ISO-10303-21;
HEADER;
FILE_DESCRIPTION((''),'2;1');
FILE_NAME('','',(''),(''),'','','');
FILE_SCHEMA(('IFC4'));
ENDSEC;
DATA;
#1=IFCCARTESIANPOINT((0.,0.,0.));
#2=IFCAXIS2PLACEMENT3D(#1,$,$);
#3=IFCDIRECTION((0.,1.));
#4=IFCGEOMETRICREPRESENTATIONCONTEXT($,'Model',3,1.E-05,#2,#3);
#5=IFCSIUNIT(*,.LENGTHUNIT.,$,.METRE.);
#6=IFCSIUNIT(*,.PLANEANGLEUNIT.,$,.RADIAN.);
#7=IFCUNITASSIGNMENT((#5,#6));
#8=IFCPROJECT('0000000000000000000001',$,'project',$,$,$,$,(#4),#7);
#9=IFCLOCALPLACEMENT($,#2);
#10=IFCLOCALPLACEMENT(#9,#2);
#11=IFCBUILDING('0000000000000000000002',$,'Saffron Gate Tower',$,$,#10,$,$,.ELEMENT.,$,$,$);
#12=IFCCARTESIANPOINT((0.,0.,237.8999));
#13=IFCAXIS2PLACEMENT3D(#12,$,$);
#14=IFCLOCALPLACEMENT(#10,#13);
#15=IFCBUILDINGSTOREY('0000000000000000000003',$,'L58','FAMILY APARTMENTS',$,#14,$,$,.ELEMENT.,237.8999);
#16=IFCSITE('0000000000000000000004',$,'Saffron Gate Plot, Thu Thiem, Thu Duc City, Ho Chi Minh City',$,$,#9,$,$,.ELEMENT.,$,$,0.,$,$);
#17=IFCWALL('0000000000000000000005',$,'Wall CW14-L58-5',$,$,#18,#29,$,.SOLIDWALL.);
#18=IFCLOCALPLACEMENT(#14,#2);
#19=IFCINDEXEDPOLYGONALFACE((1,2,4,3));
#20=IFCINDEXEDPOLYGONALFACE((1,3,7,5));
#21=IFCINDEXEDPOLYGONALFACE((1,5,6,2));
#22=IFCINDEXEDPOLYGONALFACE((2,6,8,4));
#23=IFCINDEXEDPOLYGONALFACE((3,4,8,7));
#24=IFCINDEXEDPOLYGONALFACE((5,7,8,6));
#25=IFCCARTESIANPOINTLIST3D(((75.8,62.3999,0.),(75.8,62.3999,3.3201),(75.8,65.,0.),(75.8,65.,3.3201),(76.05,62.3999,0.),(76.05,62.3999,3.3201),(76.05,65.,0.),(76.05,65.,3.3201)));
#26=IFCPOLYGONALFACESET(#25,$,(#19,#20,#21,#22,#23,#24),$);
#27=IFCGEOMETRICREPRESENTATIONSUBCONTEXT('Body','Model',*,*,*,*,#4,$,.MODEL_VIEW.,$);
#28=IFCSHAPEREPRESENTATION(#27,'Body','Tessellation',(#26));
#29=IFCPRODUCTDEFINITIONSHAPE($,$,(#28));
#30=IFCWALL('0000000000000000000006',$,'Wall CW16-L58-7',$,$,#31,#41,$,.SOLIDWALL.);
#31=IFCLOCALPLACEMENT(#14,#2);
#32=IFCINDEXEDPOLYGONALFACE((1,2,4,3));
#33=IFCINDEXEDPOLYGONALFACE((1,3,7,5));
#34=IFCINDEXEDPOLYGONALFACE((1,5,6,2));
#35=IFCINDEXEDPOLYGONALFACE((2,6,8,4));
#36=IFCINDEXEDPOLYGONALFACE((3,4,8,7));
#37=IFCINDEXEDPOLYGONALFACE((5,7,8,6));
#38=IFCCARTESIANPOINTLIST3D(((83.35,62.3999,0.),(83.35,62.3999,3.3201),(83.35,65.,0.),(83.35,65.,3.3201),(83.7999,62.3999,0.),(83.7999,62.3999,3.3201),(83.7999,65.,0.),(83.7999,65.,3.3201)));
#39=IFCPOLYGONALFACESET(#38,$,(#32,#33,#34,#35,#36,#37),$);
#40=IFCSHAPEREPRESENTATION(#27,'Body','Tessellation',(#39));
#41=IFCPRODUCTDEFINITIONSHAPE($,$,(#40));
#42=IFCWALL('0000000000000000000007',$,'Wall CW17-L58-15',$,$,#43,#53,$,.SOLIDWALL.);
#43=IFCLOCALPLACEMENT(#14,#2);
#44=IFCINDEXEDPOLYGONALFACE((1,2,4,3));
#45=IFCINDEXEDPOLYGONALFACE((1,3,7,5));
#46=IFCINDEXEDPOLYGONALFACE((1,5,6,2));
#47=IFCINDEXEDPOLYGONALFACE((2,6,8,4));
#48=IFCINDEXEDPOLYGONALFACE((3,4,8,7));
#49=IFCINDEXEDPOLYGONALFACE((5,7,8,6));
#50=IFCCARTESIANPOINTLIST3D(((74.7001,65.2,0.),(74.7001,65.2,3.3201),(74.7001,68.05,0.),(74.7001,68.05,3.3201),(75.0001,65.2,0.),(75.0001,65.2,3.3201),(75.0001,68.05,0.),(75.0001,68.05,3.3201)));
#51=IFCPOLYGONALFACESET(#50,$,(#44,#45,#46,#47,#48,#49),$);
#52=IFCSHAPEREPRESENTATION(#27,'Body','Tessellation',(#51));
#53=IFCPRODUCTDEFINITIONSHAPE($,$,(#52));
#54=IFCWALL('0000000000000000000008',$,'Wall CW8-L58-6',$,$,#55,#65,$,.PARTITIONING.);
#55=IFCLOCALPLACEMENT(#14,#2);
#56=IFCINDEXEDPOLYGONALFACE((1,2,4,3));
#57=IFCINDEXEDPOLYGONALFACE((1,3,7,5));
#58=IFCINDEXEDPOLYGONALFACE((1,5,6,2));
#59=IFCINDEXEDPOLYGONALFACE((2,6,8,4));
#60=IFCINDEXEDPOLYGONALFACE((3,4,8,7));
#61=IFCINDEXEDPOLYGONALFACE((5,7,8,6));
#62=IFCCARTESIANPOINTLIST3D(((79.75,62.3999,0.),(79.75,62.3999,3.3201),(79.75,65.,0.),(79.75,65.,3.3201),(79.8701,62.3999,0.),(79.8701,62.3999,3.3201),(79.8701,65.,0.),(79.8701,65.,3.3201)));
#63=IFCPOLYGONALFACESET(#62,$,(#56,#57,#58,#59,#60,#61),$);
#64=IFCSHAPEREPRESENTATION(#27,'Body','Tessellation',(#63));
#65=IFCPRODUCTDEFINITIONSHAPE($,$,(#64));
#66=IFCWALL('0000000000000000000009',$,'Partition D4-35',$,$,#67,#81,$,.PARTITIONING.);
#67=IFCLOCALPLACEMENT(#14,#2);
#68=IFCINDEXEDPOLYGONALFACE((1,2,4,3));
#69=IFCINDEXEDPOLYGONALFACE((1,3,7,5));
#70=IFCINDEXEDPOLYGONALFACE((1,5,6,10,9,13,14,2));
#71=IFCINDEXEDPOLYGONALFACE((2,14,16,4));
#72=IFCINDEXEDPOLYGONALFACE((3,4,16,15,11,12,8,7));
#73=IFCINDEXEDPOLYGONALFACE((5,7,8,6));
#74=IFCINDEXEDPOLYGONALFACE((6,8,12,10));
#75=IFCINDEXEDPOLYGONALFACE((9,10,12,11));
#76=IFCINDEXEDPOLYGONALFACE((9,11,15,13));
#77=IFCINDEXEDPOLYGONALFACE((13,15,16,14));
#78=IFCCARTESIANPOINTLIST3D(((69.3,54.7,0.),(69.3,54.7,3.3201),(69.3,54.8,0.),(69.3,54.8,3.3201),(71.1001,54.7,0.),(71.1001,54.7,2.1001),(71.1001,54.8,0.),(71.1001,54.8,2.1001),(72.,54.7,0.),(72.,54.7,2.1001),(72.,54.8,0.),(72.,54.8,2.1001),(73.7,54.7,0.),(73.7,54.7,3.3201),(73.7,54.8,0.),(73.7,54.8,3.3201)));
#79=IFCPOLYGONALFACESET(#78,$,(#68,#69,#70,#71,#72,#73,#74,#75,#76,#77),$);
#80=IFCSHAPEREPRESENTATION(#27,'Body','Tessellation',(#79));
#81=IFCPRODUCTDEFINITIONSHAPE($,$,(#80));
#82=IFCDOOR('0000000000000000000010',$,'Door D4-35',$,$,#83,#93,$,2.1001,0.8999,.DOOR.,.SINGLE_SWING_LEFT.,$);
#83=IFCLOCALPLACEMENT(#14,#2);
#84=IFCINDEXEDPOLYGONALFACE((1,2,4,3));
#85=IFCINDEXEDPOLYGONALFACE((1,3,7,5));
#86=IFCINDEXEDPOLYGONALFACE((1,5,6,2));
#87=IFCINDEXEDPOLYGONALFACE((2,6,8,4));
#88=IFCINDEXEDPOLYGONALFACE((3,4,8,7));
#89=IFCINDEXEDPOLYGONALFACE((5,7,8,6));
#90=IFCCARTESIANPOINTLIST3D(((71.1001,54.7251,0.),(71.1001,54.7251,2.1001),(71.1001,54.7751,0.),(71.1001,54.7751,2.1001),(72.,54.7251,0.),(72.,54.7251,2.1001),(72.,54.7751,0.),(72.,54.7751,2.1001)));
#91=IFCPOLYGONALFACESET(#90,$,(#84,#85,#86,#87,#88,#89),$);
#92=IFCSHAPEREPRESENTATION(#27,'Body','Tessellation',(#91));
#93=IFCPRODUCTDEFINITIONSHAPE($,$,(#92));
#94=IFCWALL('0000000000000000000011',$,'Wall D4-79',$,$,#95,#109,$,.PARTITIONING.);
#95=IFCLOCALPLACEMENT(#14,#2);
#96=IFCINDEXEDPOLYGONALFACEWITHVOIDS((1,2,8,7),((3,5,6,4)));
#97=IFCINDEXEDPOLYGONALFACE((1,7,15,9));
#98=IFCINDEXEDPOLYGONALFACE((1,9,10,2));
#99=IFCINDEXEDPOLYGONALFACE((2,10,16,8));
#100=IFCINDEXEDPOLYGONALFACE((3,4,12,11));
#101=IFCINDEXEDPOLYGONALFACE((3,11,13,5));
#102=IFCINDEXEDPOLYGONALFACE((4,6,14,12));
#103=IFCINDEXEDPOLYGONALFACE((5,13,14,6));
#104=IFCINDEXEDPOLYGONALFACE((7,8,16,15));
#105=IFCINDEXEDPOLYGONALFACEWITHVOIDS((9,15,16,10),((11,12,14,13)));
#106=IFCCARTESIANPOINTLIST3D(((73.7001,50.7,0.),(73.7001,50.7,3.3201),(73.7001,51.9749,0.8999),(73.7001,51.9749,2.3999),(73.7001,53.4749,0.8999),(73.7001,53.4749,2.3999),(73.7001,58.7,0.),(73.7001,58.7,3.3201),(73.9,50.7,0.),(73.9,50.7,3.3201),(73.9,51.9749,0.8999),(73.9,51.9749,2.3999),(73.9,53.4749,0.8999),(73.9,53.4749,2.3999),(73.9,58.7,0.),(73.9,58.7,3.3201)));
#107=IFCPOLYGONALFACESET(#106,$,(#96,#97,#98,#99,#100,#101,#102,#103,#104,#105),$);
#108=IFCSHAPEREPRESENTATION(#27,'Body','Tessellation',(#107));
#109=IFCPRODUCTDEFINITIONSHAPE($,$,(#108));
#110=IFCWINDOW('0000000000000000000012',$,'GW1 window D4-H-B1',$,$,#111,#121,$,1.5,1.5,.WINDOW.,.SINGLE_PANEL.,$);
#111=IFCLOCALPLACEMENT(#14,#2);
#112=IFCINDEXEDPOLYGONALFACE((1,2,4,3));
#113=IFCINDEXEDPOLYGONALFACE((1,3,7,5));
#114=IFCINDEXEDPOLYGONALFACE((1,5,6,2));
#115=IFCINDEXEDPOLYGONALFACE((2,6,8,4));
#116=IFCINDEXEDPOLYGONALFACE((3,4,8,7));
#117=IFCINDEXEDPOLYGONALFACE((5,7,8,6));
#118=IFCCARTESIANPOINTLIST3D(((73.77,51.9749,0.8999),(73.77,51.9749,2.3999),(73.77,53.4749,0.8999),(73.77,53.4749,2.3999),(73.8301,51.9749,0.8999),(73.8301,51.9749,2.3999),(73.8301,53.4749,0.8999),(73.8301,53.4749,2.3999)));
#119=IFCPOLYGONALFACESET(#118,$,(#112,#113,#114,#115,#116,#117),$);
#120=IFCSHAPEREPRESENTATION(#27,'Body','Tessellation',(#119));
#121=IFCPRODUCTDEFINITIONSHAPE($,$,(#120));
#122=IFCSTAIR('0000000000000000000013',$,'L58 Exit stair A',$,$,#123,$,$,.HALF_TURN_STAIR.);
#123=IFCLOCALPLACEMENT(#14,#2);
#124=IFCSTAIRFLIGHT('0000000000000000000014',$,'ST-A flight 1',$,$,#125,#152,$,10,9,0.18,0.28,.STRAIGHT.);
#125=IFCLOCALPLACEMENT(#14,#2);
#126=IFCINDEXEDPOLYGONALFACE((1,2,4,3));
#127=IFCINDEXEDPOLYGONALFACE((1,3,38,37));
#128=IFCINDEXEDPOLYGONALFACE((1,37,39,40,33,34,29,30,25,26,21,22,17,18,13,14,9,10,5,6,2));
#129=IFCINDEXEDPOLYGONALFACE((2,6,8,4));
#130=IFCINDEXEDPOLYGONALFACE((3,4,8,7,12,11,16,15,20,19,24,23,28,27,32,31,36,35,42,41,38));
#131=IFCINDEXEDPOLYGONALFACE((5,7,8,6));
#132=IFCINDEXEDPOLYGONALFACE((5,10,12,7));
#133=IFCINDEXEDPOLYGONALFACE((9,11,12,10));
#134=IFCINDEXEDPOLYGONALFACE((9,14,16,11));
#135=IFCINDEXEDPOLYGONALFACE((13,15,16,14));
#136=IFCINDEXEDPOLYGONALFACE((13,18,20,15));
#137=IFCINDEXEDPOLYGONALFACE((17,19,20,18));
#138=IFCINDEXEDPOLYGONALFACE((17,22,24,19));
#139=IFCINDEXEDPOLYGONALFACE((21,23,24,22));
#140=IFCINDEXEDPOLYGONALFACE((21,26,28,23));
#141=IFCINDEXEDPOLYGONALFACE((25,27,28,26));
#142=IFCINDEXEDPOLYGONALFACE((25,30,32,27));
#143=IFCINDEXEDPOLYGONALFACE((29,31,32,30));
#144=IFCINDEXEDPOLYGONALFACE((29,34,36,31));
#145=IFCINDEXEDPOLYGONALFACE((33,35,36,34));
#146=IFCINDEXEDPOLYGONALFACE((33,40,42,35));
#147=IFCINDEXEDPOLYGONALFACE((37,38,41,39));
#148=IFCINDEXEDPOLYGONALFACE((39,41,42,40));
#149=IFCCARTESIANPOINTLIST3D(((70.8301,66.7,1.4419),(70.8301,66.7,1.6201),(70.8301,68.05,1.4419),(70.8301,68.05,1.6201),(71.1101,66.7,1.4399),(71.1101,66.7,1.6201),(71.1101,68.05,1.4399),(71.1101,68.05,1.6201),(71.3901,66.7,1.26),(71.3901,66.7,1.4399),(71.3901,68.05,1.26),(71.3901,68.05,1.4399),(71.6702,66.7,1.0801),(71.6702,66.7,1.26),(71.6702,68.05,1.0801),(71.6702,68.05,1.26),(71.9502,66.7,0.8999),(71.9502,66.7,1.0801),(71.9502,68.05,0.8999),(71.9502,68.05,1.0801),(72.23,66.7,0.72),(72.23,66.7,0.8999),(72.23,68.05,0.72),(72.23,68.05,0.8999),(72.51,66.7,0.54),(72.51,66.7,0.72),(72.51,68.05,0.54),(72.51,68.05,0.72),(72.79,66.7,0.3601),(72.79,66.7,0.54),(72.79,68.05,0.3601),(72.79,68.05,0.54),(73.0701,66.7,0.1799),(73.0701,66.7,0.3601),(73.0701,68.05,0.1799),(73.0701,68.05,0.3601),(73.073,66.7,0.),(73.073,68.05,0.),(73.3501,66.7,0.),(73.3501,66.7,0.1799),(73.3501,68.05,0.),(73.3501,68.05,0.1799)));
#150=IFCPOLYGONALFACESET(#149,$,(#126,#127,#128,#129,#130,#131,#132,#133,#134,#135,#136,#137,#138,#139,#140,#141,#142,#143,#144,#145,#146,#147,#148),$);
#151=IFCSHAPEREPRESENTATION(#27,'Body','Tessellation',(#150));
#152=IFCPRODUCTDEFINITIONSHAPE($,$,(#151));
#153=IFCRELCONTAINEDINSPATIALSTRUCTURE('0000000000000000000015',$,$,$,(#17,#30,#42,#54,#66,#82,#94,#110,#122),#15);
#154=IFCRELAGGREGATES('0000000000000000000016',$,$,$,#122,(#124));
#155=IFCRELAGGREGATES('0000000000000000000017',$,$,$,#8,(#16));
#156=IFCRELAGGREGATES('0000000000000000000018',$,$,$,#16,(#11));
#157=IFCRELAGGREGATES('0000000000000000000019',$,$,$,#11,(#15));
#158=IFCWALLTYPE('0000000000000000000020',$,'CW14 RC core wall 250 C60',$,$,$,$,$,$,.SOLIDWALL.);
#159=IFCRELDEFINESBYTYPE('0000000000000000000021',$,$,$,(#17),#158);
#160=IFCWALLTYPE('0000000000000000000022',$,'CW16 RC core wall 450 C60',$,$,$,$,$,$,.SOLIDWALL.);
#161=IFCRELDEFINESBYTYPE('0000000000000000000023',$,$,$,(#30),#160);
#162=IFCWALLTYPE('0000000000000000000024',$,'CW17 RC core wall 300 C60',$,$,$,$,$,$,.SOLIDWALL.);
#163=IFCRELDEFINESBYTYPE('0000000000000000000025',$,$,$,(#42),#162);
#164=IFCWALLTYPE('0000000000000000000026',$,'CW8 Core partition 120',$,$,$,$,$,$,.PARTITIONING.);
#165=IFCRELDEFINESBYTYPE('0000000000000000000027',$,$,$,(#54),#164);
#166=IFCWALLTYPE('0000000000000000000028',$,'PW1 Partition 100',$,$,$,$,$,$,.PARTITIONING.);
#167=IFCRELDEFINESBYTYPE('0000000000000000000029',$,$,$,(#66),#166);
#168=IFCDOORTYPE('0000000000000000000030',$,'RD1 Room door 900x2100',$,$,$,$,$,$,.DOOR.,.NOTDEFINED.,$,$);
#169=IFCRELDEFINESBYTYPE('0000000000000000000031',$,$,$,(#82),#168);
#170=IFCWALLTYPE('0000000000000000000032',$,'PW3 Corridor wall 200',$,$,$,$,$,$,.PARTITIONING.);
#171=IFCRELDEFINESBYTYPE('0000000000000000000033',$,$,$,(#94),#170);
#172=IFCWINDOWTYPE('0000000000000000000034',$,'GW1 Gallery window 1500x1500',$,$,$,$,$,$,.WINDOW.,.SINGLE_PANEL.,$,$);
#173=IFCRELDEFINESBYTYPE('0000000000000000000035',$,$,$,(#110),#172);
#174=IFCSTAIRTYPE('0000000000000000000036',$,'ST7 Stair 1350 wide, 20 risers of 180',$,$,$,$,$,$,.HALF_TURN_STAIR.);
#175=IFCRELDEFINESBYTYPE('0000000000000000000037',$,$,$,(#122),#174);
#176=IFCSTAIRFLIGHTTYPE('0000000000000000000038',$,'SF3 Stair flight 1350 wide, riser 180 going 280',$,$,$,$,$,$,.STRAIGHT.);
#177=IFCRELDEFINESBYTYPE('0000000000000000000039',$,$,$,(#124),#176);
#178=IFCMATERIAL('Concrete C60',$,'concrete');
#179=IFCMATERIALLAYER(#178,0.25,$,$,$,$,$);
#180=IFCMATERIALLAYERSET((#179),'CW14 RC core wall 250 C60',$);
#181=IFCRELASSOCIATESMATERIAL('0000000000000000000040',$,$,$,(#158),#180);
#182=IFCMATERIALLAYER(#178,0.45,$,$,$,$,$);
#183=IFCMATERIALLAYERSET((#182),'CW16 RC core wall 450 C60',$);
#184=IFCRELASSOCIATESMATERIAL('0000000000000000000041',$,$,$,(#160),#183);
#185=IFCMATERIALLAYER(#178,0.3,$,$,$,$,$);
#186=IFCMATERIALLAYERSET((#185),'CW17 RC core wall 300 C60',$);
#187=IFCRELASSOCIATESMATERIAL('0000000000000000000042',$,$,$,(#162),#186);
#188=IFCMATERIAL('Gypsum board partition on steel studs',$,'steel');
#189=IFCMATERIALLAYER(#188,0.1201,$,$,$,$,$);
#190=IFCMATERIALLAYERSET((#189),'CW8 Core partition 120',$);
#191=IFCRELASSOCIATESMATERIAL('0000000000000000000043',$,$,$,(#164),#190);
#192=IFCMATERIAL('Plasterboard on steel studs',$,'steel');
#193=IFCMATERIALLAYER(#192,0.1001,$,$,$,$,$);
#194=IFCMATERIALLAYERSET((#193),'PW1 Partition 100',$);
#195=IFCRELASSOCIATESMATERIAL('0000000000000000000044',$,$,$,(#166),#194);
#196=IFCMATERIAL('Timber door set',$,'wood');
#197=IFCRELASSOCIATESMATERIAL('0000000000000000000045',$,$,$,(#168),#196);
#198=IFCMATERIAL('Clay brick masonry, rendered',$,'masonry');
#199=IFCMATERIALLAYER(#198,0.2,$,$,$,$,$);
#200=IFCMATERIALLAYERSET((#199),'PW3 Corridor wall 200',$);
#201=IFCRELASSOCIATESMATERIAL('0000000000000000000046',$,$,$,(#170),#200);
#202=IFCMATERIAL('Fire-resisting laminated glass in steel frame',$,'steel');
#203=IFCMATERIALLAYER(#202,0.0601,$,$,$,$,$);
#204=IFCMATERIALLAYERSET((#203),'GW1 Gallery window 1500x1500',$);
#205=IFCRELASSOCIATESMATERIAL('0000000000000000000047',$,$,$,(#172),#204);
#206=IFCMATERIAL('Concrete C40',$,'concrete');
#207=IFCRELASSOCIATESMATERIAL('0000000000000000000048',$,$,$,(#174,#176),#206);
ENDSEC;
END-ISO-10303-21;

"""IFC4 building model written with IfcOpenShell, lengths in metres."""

from ifc_helpers import new_model, si_unit, direction, frame, frame_2d, origin, place, context, subcontext, project, spatial, polyline, rectangle, outline, extrude, material, layer, layer_set, type_object, element, fill, aggregate, save


model = new_model("IFC4")

# Units and contexts
model_context = context("Model", 3, precision=1e-05, world=origin(), true_north=direction((0.0, 1.0)))
body_context = subcontext(model_context, "Body", "Model", "MODEL_VIEW")
ifc_project = project(units=[si_unit("LENGTHUNIT", "METRE"), si_unit("PLANEANGLEUNIT", "RADIAN")], contexts=[model_context])

# Site, building, storey
site_placement = place(None, origin())
site = spatial("IfcSite", under=ifc_project, at=site_placement, Name="Saffron Gate Plot, Thu Thiem, Thu Duc City, Ho Chi Minh City", CompositionType="ELEMENT", RefElevation=0.0)
building_placement = place(site_placement, origin())
building = spatial("IfcBuilding", under=site, at=building_placement, Name="Saffron Gate Tower", CompositionType="ELEMENT")
storey_placement = place(building_placement, frame((0.0, 0.0, 237.8999)))
storey = spatial("IfcBuildingStorey", under=building, at=storey_placement, Name="L58", Description="FAMILY APARTMENTS", CompositionType="ELEMENT", Elevation=237.8999)

# Wall
ifc_material_1 = material(Name="Concrete C60", Category="concrete")
ifc_layer_1 = layer(ifc_material_1, 0.25)
ifc_layer_set_1 = layer_set([ifc_layer_1], Name="CW14 RC core wall 250 C60")
wall_type_1 = type_object("IfcWallType", Name="CW14 RC core wall 250 C60", PredefinedType="SOLIDWALL", material=ifc_layer_set_1)
wall_1_placement = place(storey_placement, frame((75.925, 62.3999, 0.0), z_axis=(0.0, 0.0, 1.0), x_axis=(0.0, 1.0, 0.0)))
element("IfcWall", 1, at=wall_1_placement, inside=storey, type_object=wall_type_1, Name="Wall CW14-L58-5", PredefinedType="SOLIDWALL", context=body_context, shape_type="SweptSolid", body=[
    extrude(rectangle(XDim=2.6001, YDim=0.25, at=frame_2d((1.3, 0.0))), origin(), (0.0, 0.0, 1.0), 3.3201),
])

# Walls
ifc_layer_2 = layer(ifc_material_1, 0.45)
ifc_layer_set_2 = layer_set([ifc_layer_2], Name="CW16 RC core wall 450 C60")
wall_type_2 = type_object("IfcWallType", Name="CW16 RC core wall 450 C60", PredefinedType="SOLIDWALL", material=ifc_layer_set_2)
wall_2_placement = place(storey_placement, frame((83.575, 62.3999, 0.0), z_axis=(0.0, 0.0, 1.0), x_axis=(0.0, 1.0, 0.0)))
element("IfcWall", 2, at=wall_2_placement, inside=storey, type_object=wall_type_2, Name="Wall CW16-L58-7", PredefinedType="SOLIDWALL", context=body_context, shape_type="SweptSolid", body=[
    extrude(rectangle(XDim=2.6001, YDim=0.45, at=frame_2d((1.3, 0.0))), origin(), (0.0, 0.0, 1.0), 3.3201),
])
ifc_layer_3 = layer(ifc_material_1, 0.3)
ifc_layer_set_3 = layer_set([ifc_layer_3], Name="CW17 RC core wall 300 C60")
wall_type_3 = type_object("IfcWallType", Name="CW17 RC core wall 300 C60", PredefinedType="SOLIDWALL", material=ifc_layer_set_3)
wall_3_placement = place(storey_placement, frame((74.8501, 65.2, 0.0), z_axis=(0.0, 0.0, 1.0), x_axis=(0.0, 1.0, 0.0)))
element("IfcWall", 3, at=wall_3_placement, inside=storey, type_object=wall_type_3, Name="Wall CW17-L58-15", PredefinedType="SOLIDWALL", context=body_context, shape_type="SweptSolid", body=[
    extrude(rectangle(XDim=2.8501, YDim=0.3, at=frame_2d((1.425, 0.0))), origin(), (0.0, 0.0, 1.0), 3.3201),
])
ifc_material_2 = material(Name="Gypsum board partition on steel studs", Category="steel")
ifc_layer_4 = layer(ifc_material_2, 0.1201)
ifc_layer_set_4 = layer_set([ifc_layer_4], Name="CW8 Core partition 120")
wall_type_4 = type_object("IfcWallType", Name="CW8 Core partition 120", PredefinedType="PARTITIONING", material=ifc_layer_set_4)
wall_4_placement = place(storey_placement, frame((79.8101, 62.3999, 0.0), z_axis=(0.0, 0.0, 1.0), x_axis=(0.0, 1.0, 0.0)))
element("IfcWall", 4, at=wall_4_placement, inside=storey, type_object=wall_type_4, Name="Wall CW8-L58-6", PredefinedType="PARTITIONING", context=body_context, shape_type="SweptSolid", body=[
    extrude(rectangle(XDim=2.6001, YDim=0.1201, at=frame_2d((1.3, 0.0))), origin(), (0.0, 0.0, 1.0), 3.3201),
])

# Wall, opening, door
ifc_material_3 = material(Name="Plasterboard on steel studs", Category="steel")
ifc_layer_5 = layer(ifc_material_3, 0.1001)
ifc_layer_set_5 = layer_set([ifc_layer_5], Name="PW1 Partition 100")
wall_type_5 = type_object("IfcWallType", Name="PW1 Partition 100", PredefinedType="PARTITIONING", material=ifc_layer_set_5)
wall_5_placement = place(storey_placement, frame((73.7, 54.75, 0.0), z_axis=(0.0, 0.0, 1.0), x_axis=(-1.0, 0.0, 0.0)))
wall_5 = element("IfcWall", 5, at=wall_5_placement, inside=storey, type_object=wall_type_5, Name="Partition D4-35", PredefinedType="PARTITIONING", context=body_context, shape_type="SweptSolid", body=[
    extrude(rectangle(XDim=4.3999, YDim=0.1001, at=frame_2d((2.2, 0.0))), origin(), (0.0, 0.0, 1.0), 3.3201),
])
opening_1_placement = place(wall_5_placement, frame((1.7, 0.0, 0.0)))
opening_1 = element("IfcOpeningElement", 6, at=opening_1_placement, cuts=wall_5, PredefinedType="OPENING", context=body_context, shape_type="SweptSolid", body=[
    extrude(rectangle(XDim=0.8999, YDim=2.1001, at=frame_2d((0.45, 1.05))), frame((0.0, 0.0601, 0.0), z_axis=(0.0, -1.0, 0.0), x_axis=(1.0, 0.0, 0.0)), (0.0, 0.0, 1.0), 0.1201),
])
ifc_material_4 = material(Name="Timber door set", Category="wood")
door_type_1 = type_object("IfcDoorType", Name="RD1 Room door 900x2100", OperationType="NOTDEFINED", PredefinedType="DOOR", material=ifc_material_4)
door_1_placement = place(opening_1_placement, origin())
door_1 = element("IfcDoor", 7, at=door_1_placement, inside=storey, type_object=door_type_1, Name="Door D4-35", OperationType="SINGLE_SWING_LEFT", OverallHeight=2.1001, OverallWidth=0.8999, PredefinedType="DOOR", context=body_context, shape_type="SweptSolid", body=[
    extrude(rectangle(XDim=0.8999, YDim=2.1001, at=frame_2d((0.45, 1.05))), frame((0.0, 0.0249, 0.0), z_axis=(0.0, -1.0, 0.0), x_axis=(1.0, 0.0, 0.0)), (0.0, 0.0, 1.0), 0.05),
])
fill(opening_1, door_1)

# Wall, opening, window
ifc_material_5 = material(Name="Clay brick masonry, rendered", Category="masonry")
ifc_layer_6 = layer(ifc_material_5, 0.2)
ifc_layer_set_6 = layer_set([ifc_layer_6], Name="PW3 Corridor wall 200")
wall_type_6 = type_object("IfcWallType", Name="PW3 Corridor wall 200", PredefinedType="PARTITIONING", material=ifc_layer_set_6)
wall_6_placement = place(storey_placement, frame((73.8, 58.7, 0.0), z_axis=(0.0, 0.0, 1.0), x_axis=(0.0, -1.0, 0.0)))
wall_6 = element("IfcWall", 8, at=wall_6_placement, inside=storey, type_object=wall_type_6, Name="Wall D4-79", PredefinedType="PARTITIONING", context=body_context, shape_type="SweptSolid", body=[
    extrude(rectangle(XDim=8.0, YDim=0.2, at=frame_2d((4.0, 0.0))), origin(), (0.0, 0.0, 1.0), 3.3201),
])
opening_2_placement = place(wall_6_placement, frame((5.2251, 0.0, 0.8999)))
opening_2 = element("IfcOpeningElement", 9, at=opening_2_placement, cuts=wall_6, PredefinedType="OPENING", context=body_context, shape_type="SweptSolid", body=[
    extrude(rectangle(XDim=1.5, YDim=1.5, at=frame_2d((0.75, 0.75))), frame((0.0, 0.1099, 0.0), z_axis=(0.0, -1.0, 0.0), x_axis=(1.0, 0.0, 0.0)), (0.0, 0.0, 1.0), 0.22),
])
ifc_material_6 = material(Name="Fire-resisting laminated glass in steel frame", Category="steel")
ifc_layer_7 = layer(ifc_material_6, 0.0601)
ifc_layer_set_7 = layer_set([ifc_layer_7], Name="GW1 Gallery window 1500x1500")
window_type = type_object("IfcWindowType", Name="GW1 Gallery window 1500x1500", PartitioningType="SINGLE_PANEL", PredefinedType="WINDOW", material=ifc_layer_set_7)
window_placement = place(opening_2_placement, origin())
window = element("IfcWindow", 10, at=window_placement, inside=storey, type_object=window_type, Name="GW1 window D4-H-B1", OverallHeight=1.5, OverallWidth=1.5, PartitioningType="SINGLE_PANEL", PredefinedType="WINDOW", context=body_context, shape_type="SweptSolid", body=[
    extrude(rectangle(XDim=1.5, YDim=1.5, at=frame_2d((0.75, 0.75))), frame((0.0, 0.03, 0.0), z_axis=(0.0, -1.0, 0.0), x_axis=(1.0, 0.0, 0.0)), (0.0, 0.0, 1.0), 0.0601),
])
fill(opening_2, window)

# Stair, stair flight
ifc_material_7 = material(Name="Concrete C40", Category="concrete")
stair_type = type_object("IfcStairType", Name="ST7 Stair 1350 wide, 20 risers of 180", PredefinedType="HALF_TURN_STAIR", material=ifc_material_7)
stair_placement = place(storey_placement, origin())
stair = element("IfcStair", 11, at=stair_placement, inside=storey, type_object=stair_type, Name="L58 Exit stair A", PredefinedType="HALF_TURN_STAIR")
stair_flight_type = type_object("IfcStairFlightType", Name="SF3 Stair flight 1350 wide, riser 180 going 280", PredefinedType="STRAIGHT", material=ifc_material_7)
stair_flight_1_placement = place(storey_placement, frame((73.3501, 67.375, 0.0), z_axis=(0.0, 0.0, 1.0), x_axis=(-1.0, 0.0, 0.0)))
stair_flight_1 = element("IfcStairFlight", 12, at=stair_flight_1_placement, type_object=stair_flight_type, Name="ST-A flight 1", NumberOfRisers=10, NumberOfTreads=9, PredefinedType="STRAIGHT", RiserHeight=0.18, TreadLength=0.28, context=body_context, shape_type="SweptSolid", body=[
    extrude(outline(polyline([(0.0, 0.0), (0.0, 0.1799), (0.28, 0.1799), (0.28, 0.3601), (0.5601, 0.3601), (0.5601, 0.54), (0.8401, 0.54), (0.8401, 0.72), (1.1201, 0.72), (1.1201, 0.8999), (1.3999, 0.8999), (1.3999, 1.0801), (1.6799, 1.0801), (1.6799, 1.26), (1.96, 1.26), (1.96, 1.4399), (2.24, 1.4399), (2.24, 1.6201), (2.52, 1.6201), (2.52, 1.8), (2.52, 1.4419), (0.2771, 0.0), (0.0, 0.0)])), frame((0.0, 0.675, 0.0), z_axis=(0.0, -1.0, 0.0), x_axis=(1.0, 0.0, 0.0)), (0.0, 0.0, 1.0), 1.3501),
])
aggregate(stair, [stair_flight_1])

save(model, "model.ifc")
